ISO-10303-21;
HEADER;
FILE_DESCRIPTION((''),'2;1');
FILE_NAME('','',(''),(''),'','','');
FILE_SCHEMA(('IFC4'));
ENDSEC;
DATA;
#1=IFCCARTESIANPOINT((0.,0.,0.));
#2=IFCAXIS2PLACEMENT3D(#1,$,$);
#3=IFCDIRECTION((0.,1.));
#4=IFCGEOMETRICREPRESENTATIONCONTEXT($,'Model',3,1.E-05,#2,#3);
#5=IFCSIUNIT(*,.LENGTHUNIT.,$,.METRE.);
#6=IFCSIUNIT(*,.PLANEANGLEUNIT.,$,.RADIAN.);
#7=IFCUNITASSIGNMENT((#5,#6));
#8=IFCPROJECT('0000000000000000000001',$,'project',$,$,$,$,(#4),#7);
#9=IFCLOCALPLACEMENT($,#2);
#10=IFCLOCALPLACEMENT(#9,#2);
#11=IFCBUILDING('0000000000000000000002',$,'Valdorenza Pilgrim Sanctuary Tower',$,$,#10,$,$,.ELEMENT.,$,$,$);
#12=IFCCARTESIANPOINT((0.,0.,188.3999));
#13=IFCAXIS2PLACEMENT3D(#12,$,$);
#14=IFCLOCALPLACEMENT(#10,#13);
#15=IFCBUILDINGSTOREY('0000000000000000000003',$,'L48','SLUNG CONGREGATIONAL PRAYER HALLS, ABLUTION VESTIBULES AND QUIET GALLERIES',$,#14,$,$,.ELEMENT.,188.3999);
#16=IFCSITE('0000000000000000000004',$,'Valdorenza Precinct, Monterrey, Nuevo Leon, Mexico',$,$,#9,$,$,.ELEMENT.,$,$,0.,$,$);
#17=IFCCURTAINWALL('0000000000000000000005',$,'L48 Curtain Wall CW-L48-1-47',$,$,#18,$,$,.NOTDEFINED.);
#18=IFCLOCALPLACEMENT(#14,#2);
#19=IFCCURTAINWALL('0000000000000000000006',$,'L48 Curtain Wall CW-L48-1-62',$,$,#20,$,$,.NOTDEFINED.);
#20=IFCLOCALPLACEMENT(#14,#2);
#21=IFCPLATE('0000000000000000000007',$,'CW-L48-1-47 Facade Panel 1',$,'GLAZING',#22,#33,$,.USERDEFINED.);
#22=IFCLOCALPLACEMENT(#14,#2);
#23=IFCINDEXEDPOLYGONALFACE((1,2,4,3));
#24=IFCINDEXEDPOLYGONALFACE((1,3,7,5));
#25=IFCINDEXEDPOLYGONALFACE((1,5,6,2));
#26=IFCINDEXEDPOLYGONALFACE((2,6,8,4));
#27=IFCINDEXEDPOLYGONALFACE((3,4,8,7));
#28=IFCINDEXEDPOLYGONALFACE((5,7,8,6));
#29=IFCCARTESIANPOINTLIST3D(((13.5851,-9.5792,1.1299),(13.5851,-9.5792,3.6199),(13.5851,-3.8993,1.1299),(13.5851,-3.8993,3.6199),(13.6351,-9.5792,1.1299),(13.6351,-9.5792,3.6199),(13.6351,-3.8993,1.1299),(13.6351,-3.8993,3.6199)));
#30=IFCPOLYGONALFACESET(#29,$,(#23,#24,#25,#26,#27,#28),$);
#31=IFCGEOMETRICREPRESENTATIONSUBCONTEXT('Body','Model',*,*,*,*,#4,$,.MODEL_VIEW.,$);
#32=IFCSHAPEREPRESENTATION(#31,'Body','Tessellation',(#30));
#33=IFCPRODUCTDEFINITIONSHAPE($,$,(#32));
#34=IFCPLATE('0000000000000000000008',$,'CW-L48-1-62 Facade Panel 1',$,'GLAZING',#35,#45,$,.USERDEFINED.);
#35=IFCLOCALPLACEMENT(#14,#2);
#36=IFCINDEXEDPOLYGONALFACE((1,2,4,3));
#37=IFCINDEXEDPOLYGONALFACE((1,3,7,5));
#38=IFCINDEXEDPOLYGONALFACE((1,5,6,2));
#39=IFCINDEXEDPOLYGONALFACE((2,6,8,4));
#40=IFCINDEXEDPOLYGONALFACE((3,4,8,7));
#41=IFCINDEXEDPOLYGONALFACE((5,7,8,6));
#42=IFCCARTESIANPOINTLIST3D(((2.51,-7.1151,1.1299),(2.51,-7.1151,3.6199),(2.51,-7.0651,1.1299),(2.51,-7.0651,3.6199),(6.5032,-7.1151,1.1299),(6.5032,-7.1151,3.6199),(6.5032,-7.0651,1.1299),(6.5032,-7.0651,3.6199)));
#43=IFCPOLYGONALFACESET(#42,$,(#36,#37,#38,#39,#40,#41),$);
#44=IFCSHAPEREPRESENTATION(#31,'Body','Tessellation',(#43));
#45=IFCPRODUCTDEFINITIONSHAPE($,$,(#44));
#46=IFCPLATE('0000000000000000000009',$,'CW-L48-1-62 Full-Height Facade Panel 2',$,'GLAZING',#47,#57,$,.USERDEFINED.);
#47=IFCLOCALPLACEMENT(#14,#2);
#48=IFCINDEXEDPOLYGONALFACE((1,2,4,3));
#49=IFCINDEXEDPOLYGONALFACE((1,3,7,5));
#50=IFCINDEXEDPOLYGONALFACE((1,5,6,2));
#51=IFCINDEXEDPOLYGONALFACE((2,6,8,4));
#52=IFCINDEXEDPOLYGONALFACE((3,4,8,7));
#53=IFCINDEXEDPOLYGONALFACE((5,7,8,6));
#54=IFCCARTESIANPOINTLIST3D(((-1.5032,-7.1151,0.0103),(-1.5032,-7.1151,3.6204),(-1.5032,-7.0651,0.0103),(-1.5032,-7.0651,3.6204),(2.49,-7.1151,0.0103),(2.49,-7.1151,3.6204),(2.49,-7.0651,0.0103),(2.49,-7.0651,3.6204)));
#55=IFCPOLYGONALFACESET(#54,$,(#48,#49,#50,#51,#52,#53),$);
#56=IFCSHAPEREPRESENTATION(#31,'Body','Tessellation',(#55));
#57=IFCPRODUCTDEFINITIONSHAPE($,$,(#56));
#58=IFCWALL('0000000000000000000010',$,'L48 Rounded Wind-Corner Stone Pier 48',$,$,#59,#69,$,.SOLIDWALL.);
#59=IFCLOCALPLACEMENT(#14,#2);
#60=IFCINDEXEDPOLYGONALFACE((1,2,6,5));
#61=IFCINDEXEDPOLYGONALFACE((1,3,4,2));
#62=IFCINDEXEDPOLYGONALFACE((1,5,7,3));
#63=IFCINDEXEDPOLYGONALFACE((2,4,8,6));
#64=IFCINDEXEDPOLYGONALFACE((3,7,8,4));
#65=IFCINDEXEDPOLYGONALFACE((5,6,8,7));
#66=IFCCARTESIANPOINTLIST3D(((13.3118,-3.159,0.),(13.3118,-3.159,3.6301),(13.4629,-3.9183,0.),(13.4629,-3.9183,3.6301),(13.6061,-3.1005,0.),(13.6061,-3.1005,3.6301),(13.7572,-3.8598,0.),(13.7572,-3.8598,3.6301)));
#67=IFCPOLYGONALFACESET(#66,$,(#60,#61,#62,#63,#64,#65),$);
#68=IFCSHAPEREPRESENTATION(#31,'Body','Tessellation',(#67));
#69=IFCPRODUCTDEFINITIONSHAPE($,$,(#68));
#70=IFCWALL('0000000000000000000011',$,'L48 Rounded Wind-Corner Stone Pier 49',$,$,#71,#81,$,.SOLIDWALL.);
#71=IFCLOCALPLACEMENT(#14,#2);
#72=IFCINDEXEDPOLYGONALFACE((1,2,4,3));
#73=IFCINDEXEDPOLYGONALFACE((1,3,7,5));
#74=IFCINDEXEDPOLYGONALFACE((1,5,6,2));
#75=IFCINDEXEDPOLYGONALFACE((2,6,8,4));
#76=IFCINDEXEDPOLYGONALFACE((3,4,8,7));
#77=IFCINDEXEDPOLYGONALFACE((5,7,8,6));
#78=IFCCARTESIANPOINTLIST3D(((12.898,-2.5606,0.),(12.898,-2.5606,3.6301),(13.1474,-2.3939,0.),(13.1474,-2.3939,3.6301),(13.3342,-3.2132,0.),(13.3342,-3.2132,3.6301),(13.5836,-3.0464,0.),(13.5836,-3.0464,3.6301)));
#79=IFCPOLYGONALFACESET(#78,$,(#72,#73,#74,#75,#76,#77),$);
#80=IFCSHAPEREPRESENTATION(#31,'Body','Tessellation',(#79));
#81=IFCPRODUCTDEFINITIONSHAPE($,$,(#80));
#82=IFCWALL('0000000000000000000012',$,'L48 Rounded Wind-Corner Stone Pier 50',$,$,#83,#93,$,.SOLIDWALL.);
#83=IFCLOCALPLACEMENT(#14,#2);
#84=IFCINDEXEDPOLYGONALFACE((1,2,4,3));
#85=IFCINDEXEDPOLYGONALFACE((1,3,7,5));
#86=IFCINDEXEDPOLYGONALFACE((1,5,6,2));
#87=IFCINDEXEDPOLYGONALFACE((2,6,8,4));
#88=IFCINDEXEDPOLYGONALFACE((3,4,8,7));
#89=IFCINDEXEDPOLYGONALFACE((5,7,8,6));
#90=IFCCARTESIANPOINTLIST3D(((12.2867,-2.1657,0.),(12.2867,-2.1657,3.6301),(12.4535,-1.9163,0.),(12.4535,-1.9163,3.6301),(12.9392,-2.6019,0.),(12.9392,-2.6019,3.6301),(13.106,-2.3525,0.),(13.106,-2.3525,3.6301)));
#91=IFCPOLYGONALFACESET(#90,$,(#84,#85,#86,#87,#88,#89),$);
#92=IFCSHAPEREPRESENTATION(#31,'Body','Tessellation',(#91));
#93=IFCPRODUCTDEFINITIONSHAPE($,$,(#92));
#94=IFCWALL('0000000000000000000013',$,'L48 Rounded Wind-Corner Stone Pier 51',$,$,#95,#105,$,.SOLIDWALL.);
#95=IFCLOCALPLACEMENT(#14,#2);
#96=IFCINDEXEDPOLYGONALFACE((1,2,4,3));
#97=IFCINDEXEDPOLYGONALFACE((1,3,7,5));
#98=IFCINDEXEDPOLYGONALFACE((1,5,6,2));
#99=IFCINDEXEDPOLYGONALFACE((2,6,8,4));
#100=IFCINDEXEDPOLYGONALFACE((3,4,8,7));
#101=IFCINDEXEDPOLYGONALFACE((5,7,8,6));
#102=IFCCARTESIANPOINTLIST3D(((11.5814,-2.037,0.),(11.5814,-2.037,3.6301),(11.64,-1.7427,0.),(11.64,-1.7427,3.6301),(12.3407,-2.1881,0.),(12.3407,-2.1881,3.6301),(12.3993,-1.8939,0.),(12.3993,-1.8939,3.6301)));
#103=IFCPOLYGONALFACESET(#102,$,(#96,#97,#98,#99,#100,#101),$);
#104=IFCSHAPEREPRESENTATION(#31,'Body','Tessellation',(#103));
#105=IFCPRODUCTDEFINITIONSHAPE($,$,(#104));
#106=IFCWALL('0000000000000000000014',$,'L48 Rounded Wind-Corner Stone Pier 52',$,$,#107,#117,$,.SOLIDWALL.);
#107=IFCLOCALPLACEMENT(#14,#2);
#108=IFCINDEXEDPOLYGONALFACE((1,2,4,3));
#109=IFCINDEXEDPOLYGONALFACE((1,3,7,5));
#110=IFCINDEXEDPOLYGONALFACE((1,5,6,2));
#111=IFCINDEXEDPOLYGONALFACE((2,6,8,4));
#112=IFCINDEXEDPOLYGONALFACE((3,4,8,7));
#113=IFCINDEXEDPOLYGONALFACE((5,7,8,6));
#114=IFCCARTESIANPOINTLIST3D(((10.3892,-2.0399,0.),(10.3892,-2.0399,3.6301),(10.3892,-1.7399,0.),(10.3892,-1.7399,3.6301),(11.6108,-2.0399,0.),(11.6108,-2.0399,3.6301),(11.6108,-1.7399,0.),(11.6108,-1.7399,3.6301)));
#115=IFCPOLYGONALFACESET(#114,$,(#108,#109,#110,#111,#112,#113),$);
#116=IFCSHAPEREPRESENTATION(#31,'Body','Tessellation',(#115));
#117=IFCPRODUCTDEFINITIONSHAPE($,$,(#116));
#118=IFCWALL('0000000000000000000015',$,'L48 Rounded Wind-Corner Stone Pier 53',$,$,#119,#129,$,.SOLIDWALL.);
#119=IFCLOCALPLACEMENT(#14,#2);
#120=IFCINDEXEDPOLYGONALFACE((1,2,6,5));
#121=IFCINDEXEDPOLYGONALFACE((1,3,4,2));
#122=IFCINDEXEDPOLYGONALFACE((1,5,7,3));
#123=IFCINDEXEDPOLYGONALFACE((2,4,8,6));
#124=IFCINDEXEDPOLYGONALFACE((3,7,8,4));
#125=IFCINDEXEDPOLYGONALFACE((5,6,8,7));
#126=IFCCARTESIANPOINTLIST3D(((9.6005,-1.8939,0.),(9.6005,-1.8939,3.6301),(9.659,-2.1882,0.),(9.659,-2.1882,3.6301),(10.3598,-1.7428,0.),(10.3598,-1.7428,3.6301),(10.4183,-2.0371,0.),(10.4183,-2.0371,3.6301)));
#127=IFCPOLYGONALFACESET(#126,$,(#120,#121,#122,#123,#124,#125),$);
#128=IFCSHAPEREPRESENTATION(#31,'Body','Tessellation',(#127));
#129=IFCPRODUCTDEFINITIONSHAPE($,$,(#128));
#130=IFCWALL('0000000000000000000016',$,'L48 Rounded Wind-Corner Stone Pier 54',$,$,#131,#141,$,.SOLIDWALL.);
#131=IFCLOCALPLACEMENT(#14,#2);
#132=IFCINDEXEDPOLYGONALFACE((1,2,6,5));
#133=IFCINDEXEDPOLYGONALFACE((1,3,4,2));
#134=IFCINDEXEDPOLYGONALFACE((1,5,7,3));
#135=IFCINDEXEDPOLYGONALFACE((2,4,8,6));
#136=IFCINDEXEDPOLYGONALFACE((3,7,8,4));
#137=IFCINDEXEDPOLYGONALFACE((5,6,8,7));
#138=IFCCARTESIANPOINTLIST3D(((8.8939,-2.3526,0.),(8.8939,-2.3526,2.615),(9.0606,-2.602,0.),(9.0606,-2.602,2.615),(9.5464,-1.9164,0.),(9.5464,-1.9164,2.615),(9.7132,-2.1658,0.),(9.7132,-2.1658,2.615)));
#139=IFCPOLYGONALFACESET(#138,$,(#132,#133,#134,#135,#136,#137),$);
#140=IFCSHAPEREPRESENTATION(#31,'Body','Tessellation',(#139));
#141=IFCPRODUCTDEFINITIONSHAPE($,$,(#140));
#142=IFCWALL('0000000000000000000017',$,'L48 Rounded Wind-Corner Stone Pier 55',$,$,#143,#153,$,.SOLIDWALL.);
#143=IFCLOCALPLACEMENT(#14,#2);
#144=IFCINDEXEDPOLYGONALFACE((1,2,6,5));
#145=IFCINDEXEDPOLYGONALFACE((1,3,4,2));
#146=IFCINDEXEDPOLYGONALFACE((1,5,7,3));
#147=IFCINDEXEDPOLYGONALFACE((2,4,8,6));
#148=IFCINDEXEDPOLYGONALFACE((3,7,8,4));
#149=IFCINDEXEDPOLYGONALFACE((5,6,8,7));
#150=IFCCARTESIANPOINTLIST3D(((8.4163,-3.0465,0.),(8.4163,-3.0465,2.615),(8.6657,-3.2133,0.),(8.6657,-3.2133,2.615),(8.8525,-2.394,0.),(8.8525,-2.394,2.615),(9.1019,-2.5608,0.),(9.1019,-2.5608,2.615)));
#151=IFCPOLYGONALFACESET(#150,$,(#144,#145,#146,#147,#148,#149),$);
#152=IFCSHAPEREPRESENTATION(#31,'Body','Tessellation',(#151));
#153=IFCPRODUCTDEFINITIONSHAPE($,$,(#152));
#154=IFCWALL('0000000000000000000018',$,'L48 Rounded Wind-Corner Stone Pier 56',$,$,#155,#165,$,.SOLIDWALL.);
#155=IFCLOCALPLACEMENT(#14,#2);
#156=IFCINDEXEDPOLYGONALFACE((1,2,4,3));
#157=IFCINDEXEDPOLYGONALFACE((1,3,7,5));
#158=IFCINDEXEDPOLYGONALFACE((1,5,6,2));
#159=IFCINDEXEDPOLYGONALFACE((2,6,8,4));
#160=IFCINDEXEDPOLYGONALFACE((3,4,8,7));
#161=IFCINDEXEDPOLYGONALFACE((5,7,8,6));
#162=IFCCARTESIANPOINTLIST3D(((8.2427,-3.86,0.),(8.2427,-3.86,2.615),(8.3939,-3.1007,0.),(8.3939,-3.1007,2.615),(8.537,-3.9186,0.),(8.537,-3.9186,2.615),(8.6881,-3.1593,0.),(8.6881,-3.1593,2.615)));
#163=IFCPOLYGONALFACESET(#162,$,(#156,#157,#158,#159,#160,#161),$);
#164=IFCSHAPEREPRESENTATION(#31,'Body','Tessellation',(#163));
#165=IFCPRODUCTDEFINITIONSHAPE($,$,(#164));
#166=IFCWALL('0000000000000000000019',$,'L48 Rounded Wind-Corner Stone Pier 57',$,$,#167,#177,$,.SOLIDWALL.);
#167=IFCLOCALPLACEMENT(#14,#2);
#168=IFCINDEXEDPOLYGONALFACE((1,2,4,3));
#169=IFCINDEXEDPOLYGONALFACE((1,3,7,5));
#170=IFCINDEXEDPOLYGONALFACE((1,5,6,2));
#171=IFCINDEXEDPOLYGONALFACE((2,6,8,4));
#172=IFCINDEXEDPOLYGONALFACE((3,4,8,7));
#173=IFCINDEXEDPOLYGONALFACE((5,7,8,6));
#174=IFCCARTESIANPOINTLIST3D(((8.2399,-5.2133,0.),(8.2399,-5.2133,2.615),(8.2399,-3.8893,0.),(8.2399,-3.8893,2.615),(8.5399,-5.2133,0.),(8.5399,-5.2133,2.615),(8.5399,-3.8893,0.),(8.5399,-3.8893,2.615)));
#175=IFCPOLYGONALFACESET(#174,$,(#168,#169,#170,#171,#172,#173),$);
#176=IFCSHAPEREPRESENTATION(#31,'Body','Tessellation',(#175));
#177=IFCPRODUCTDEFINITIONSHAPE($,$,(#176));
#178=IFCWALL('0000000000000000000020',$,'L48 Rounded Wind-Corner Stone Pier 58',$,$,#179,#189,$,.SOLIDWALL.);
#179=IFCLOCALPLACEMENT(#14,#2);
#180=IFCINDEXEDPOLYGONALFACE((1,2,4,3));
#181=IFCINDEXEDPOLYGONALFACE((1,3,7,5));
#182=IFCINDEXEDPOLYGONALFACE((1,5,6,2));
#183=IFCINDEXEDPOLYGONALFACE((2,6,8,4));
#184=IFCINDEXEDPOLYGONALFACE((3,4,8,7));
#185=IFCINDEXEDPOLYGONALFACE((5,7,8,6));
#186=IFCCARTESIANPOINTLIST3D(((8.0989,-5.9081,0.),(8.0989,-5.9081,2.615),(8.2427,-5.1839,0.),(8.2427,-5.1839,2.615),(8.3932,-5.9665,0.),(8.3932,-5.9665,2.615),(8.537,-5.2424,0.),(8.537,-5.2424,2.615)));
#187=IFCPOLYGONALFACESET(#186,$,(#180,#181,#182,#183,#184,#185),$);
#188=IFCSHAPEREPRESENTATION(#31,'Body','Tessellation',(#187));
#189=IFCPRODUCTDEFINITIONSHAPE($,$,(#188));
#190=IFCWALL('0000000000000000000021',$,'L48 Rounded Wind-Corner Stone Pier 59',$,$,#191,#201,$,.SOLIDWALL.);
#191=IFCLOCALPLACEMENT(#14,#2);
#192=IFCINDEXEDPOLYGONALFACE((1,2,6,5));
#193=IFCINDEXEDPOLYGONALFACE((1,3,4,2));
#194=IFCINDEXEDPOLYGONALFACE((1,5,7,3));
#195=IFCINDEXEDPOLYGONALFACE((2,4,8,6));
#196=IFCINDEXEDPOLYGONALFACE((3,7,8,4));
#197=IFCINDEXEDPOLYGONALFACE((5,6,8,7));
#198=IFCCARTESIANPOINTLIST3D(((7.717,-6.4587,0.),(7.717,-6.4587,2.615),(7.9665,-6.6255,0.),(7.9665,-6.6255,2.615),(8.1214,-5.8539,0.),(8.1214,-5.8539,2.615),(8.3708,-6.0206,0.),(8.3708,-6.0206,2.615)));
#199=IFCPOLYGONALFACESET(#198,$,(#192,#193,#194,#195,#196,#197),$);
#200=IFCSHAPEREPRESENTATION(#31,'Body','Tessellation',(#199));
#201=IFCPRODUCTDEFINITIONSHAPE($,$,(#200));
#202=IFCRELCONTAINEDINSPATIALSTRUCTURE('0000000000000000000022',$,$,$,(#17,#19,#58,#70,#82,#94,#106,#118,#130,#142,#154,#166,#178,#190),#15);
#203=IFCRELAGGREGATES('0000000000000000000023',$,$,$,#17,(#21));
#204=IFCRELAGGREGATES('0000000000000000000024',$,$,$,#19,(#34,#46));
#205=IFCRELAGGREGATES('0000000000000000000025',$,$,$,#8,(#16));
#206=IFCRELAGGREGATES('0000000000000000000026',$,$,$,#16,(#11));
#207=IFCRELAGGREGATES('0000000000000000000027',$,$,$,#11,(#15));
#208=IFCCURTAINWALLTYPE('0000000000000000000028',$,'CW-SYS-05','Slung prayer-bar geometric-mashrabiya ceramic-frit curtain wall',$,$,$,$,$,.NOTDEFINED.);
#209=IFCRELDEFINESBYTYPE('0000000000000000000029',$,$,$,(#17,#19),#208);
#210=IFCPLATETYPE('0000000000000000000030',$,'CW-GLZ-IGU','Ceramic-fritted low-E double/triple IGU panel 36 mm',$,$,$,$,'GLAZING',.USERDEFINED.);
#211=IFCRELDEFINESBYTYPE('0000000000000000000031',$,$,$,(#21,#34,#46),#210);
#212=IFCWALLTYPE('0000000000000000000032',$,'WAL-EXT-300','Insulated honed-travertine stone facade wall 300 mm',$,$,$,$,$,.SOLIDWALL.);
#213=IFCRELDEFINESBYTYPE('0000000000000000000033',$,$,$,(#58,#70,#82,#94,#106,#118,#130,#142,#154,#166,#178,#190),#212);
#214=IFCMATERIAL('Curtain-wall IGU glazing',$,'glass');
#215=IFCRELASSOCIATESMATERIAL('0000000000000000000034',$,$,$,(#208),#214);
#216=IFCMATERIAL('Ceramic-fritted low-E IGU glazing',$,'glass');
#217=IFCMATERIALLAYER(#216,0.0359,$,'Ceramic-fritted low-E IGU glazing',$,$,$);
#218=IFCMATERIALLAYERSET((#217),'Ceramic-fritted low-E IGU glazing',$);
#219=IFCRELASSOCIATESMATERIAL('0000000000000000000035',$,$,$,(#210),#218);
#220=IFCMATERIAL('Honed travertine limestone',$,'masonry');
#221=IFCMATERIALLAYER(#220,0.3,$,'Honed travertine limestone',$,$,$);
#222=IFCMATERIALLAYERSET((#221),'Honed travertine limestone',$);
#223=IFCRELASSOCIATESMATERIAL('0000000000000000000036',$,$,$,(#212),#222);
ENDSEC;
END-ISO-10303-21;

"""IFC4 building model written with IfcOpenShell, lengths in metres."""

from ifc_helpers import new_model, si_unit, direction, frame, frame_2d, origin, origin_2d, place, context, subcontext, project, spatial, rectangle, extrude, source, transform, mapped, material, layer, layer_set, type_object, element, aggregate, save


model = new_model("IFC4")

# Units and contexts
model_context = context("Model", 3, precision=1e-05, world=origin(), true_north=direction((0.0, 1.0)))
body_context = subcontext(model_context, "Body", "Model", "MODEL_VIEW")
ifc_project = project(units=[si_unit("LENGTHUNIT", "METRE"), si_unit("PLANEANGLEUNIT", "RADIAN")], contexts=[model_context])

# Site, building, storey
site_placement = place(None, origin())
site = spatial("IfcSite", under=ifc_project, at=site_placement, Name="Valdorenza Precinct, Monterrey, Nuevo Leon, Mexico", CompositionType="ELEMENT", RefElevation=0.0)
building_placement = place(site_placement, origin())
building = spatial("IfcBuilding", under=site, at=building_placement, Name="Valdorenza Pilgrim Sanctuary Tower", CompositionType="ELEMENT")
storey_placement = place(building_placement, frame((0.0, 0.0, 188.3999)))
storey = spatial("IfcBuildingStorey", under=building, at=storey_placement, Name="L48", Description="SLUNG CONGREGATIONAL PRAYER HALLS, ABLUTION VESTIBULES AND QUIET GALLERIES", CompositionType="ELEMENT", Elevation=188.3999)

# Curtain walls
ifc_material_1 = material(Name="Curtain-wall IGU glazing", Category="glass")
curtain_wall_type = type_object("IfcCurtainWallType", Name="CW-SYS-05", Description="Slung prayer-bar geometric-mashrabiya ceramic-frit curtain wall", PredefinedType="NOTDEFINED", material=ifc_material_1)
curtain_wall_1_placement = place(storey_placement, origin())
curtain_wall_1 = element("IfcCurtainWall", 1, at=curtain_wall_1_placement, inside=storey, type_object=curtain_wall_type, Name="L48 Curtain Wall CW-L48-1-47", PredefinedType="NOTDEFINED")
curtain_wall_2_placement = place(storey_placement, origin())
curtain_wall_2 = element("IfcCurtainWall", 2, at=curtain_wall_2_placement, inside=storey, type_object=curtain_wall_type, Name="L48 Curtain Wall CW-L48-1-62", PredefinedType="NOTDEFINED")

# Plates
ifc_material_2 = material(Name="Honed travertine limestone", Category="masonry")
ifc_material_3 = material(Name="Ceramic-fritted low-E IGU glazing", Category="glass")
ifc_layer_1 = layer(ifc_material_3, 0.0359, Name="Ceramic-fritted low-E IGU glazing")
ifc_layer_set_1 = layer_set([ifc_layer_1], Name="Ceramic-fritted low-E IGU glazing")
plate_type_1 = type_object("IfcPlateType", Name="CW-GLZ-IGU", Description="Ceramic-fritted low-E double/triple IGU panel 36 mm", ElementType="GLAZING", PredefinedType="USERDEFINED", material=ifc_layer_set_1)
shared_shape_1 = source(origin(), body_context, "Body", "SweptSolid", [
    extrude(rectangle(XDim=5.6799, YDim=0.05, at=origin_2d()), origin(), (0.0, 0.0, 1.0), 2.49),
])
plate_1_placement = place(storey_placement, frame((13.6101, -6.7393, 1.1299), z_axis=(0.0, 0.0, 1.0), x_axis=(0.0, 1.0, 0.0)))
plate_1 = element("IfcPlate", 3, at=plate_1_placement, type_object=plate_type_1, Name="CW-L48-1-47 Facade Panel 1", ObjectType="GLAZING", PredefinedType="USERDEFINED", context=body_context, shape_type="MappedRepresentation", body=[
    mapped(shared_shape_1, transform((0.0, 0.0, 0.0), x_axis=(1.0, 0.0, 0.0), y_axis=(0.0, 1.0, 0.0), z_axis=(0.0, 0.0, 1.0), scale=1.0)),
])
aggregate(curtain_wall_1, [plate_1])
shared_shape_2 = source(origin(), body_context, "Body", "SweptSolid", [
    extrude(rectangle(XDim=3.9932, YDim=0.05, at=origin_2d()), origin(), (0.0, 0.0, 1.0), 2.49),
])
plate_2_placement = place(storey_placement, frame((4.5066, -7.0901, 1.1299), z_axis=(0.0, 0.0, 1.0), x_axis=(-1.0, 0.0, 0.0)))
plate_2 = element("IfcPlate", 4, at=plate_2_placement, type_object=plate_type_1, Name="CW-L48-1-62 Facade Panel 1", ObjectType="GLAZING", PredefinedType="USERDEFINED", context=body_context, shape_type="MappedRepresentation", body=[
    mapped(shared_shape_2, transform((0.0, 0.0, 0.0), x_axis=(1.0, 0.0, 0.0), y_axis=(0.0, 1.0, 0.0), z_axis=(0.0, 0.0, 1.0), scale=1.0)),
])
shared_shape_3 = source(origin(), body_context, "Body", "SweptSolid", [
    extrude(rectangle(XDim=3.9932, YDim=0.05, at=origin_2d()), origin(), (0.0, 0.0, 1.0), 3.6101),
])
plate_3_placement = place(storey_placement, frame((0.4934, -7.0901, 0.0103), z_axis=(0.0, 0.0, 1.0), x_axis=(-1.0, 0.0, 0.0)))
plate_3 = element("IfcPlate", 5, at=plate_3_placement, type_object=plate_type_1, Name="CW-L48-1-62 Full-Height Facade Panel 2", ObjectType="GLAZING", PredefinedType="USERDEFINED", context=body_context, shape_type="MappedRepresentation", body=[
    mapped(shared_shape_3, transform((0.0, 0.0, 0.0), x_axis=(1.0, 0.0, 0.0), y_axis=(0.0, 1.0, 0.0), z_axis=(0.0, 0.0, 1.0), scale=1.0)),
])
aggregate(curtain_wall_2, [plate_2, plate_3])

# Walls
ifc_layer_2 = layer(ifc_material_2, 0.3, Name="Honed travertine limestone")
ifc_layer_set_2 = layer_set([ifc_layer_2], Name="Honed travertine limestone")
wall_type_1 = type_object("IfcWallType", Name="WAL-EXT-300", Description="Insulated honed-travertine stone facade wall 300 mm", PredefinedType="SOLIDWALL", material=ifc_layer_set_2)
wall_1_placement = place(storey_placement, frame((13.6101, -3.8892, 0.0), z_axis=(0.0, 0.0, 1.0), x_axis=(-0.195206, 0.980762, 0.0)))
element("IfcWall", 6, at=wall_1_placement, inside=storey, type_object=wall_type_1, Name="L48 Rounded Wind-Corner Stone Pier 48", PredefinedType="SOLIDWALL", context=body_context, shape_type="SweptSolid", body=[
    extrude(rectangle(XDim=0.7742, YDim=0.3, at=frame_2d((0.3872, 0.0))), origin(), (0.0, 0.0, 1.0), 3.6301),
])
for number, where, z_axis, x_axis, name in (
    (7, (13.459, -3.1299, 0.0), (0.0, 0.0, 1.0), (-0.555776, 0.831332, 0.0), "L48 Rounded Wind-Corner Stone Pier 49"),
    (8, (13.0227, -2.4773, 0.0), (0.0, 0.0, 1.0), (-0.831332, 0.555776, 0.0), "L48 Rounded Wind-Corner Stone Pier 50"),
):
    element("IfcWall", number, at=place(storey_placement, frame(where, z_axis=z_axis, x_axis=x_axis)), inside=storey, type_object=wall_type_1, Name=name, PredefinedType="SOLIDWALL", context=body_context, shape_type="SweptSolid", body=[
        extrude(rectangle(XDim=0.7849, YDim=0.3, at=frame_2d((0.3926, 0.0))), origin(), (0.0, 0.0, 1.0), 3.6301),
    ])
wall_2_placement = place(storey_placement, frame((12.3701, -2.041, 0.0), z_axis=(0.0, 0.0, 1.0), x_axis=(-0.980762, 0.195206, 0.0)))
element("IfcWall", 9, at=wall_2_placement, inside=storey, type_object=wall_type_1, Name="L48 Rounded Wind-Corner Stone Pier 51", PredefinedType="SOLIDWALL", context=body_context, shape_type="SweptSolid", body=[
    extrude(rectangle(XDim=0.7742, YDim=0.3, at=frame_2d((0.3872, 0.0))), origin(), (0.0, 0.0, 1.0), 3.6301),
])
wall_3_placement = place(storey_placement, frame((11.6108, -1.8899, 0.0), z_axis=(0.0, 0.0, 1.0), x_axis=(-1.0, 0.0, 0.0)))
element("IfcWall", 10, at=wall_3_placement, inside=storey, type_object=wall_type_1, Name="L48 Rounded Wind-Corner Stone Pier 52", PredefinedType="SOLIDWALL", context=body_context, shape_type="SweptSolid", body=[
    extrude(rectangle(XDim=1.2217, YDim=0.3, at=frame_2d((0.6108, 0.0))), origin(), (0.0, 0.0, 1.0), 3.6301),
])
wall_4_placement = place(storey_placement, frame((10.3892, -1.8899, 0.0), z_axis=(0.0, 0.0, 1.0), x_axis=(-0.980762, -0.195206, 0.0)))
element("IfcWall", 11, at=wall_4_placement, inside=storey, type_object=wall_type_1, Name="L48 Rounded Wind-Corner Stone Pier 53", PredefinedType="SOLIDWALL", context=body_context, shape_type="SweptSolid", body=[
    extrude(rectangle(XDim=0.7742, YDim=0.3, at=frame_2d((0.3872, 0.0))), origin(), (0.0, 0.0, 1.0), 3.6301),
])
for number, where, z_axis, x_axis, name in (
    (12, (9.6299, -2.041, 0.0), (0.0, 0.0, 1.0), (-0.831332, -0.555776, 0.0), "L48 Rounded Wind-Corner Stone Pier 54"),
    (13, (8.9773, -2.4773, 0.0), (0.0, 0.0, 1.0), (-0.555776, -0.831332, 0.0), "L48 Rounded Wind-Corner Stone Pier 55"),
):
    element("IfcWall", number, at=place(storey_placement, frame(where, z_axis=z_axis, x_axis=x_axis)), inside=storey, type_object=wall_type_1, Name=name, PredefinedType="SOLIDWALL", context=body_context, shape_type="SweptSolid", body=[
        extrude(rectangle(XDim=0.7849, YDim=0.3, at=frame_2d((0.3926, 0.0))), origin(), (0.0, 0.0, 1.0), 2.615),
    ])
wall_5_placement = place(storey_placement, frame((8.541, -3.1299, 0.0), z_axis=(0.0, 0.0, 1.0), x_axis=(-0.195206, -0.980762, 0.0)))
element("IfcWall", 14, at=wall_5_placement, inside=storey, type_object=wall_type_1, Name="L48 Rounded Wind-Corner Stone Pier 56", PredefinedType="SOLIDWALL", context=body_context, shape_type="SweptSolid", body=[
    extrude(rectangle(XDim=0.7742, YDim=0.3, at=frame_2d((0.3872, 0.0))), origin(), (0.0, 0.0, 1.0), 2.615),
])
wall_6_placement = place(storey_placement, frame((8.3899, -3.8892, 0.0), z_axis=(0.0, 0.0, 1.0), x_axis=(0.0, -1.0, 0.0)))
element("IfcWall", 15, at=wall_6_placement, inside=storey, type_object=wall_type_1, Name="L48 Rounded Wind-Corner Stone Pier 57", PredefinedType="SOLIDWALL", context=body_context, shape_type="SweptSolid", body=[
    extrude(rectangle(XDim=1.324, YDim=0.3, at=frame_2d((0.6621, 0.0))), origin(), (0.0, 0.0, 1.0), 2.615),
])
wall_7_placement = place(storey_placement, frame((8.3899, -5.2131, 0.0), z_axis=(0.0, 0.0, 1.0), x_axis=(-0.19478, -0.980847, 0.0)))
element("IfcWall", 16, at=wall_7_placement, inside=storey, type_object=wall_type_1, Name="L48 Rounded Wind-Corner Stone Pier 58", PredefinedType="SOLIDWALL", context=body_context, shape_type="SweptSolid", body=[
    extrude(rectangle(XDim=0.7383, YDim=0.3, at=frame_2d((0.3691, 0.0))), origin(), (0.0, 0.0, 1.0), 2.615),
])
wall_8_placement = place(storey_placement, frame((8.2461, -5.9373, 0.0), z_axis=(0.0, 0.0, 1.0), x_axis=(-0.555784, -0.831327, 0.0)))
element("IfcWall", 17, at=wall_8_placement, inside=storey, type_object=wall_type_1, Name="L48 Rounded Wind-Corner Stone Pier 59", PredefinedType="SOLIDWALL", context=body_context, shape_type="SweptSolid", body=[
    extrude(rectangle(XDim=0.7275, YDim=0.3, at=frame_2d((0.3638, 0.0))), origin(), (0.0, 0.0, 1.0), 2.615),
])

save(model, "model.ifc")
